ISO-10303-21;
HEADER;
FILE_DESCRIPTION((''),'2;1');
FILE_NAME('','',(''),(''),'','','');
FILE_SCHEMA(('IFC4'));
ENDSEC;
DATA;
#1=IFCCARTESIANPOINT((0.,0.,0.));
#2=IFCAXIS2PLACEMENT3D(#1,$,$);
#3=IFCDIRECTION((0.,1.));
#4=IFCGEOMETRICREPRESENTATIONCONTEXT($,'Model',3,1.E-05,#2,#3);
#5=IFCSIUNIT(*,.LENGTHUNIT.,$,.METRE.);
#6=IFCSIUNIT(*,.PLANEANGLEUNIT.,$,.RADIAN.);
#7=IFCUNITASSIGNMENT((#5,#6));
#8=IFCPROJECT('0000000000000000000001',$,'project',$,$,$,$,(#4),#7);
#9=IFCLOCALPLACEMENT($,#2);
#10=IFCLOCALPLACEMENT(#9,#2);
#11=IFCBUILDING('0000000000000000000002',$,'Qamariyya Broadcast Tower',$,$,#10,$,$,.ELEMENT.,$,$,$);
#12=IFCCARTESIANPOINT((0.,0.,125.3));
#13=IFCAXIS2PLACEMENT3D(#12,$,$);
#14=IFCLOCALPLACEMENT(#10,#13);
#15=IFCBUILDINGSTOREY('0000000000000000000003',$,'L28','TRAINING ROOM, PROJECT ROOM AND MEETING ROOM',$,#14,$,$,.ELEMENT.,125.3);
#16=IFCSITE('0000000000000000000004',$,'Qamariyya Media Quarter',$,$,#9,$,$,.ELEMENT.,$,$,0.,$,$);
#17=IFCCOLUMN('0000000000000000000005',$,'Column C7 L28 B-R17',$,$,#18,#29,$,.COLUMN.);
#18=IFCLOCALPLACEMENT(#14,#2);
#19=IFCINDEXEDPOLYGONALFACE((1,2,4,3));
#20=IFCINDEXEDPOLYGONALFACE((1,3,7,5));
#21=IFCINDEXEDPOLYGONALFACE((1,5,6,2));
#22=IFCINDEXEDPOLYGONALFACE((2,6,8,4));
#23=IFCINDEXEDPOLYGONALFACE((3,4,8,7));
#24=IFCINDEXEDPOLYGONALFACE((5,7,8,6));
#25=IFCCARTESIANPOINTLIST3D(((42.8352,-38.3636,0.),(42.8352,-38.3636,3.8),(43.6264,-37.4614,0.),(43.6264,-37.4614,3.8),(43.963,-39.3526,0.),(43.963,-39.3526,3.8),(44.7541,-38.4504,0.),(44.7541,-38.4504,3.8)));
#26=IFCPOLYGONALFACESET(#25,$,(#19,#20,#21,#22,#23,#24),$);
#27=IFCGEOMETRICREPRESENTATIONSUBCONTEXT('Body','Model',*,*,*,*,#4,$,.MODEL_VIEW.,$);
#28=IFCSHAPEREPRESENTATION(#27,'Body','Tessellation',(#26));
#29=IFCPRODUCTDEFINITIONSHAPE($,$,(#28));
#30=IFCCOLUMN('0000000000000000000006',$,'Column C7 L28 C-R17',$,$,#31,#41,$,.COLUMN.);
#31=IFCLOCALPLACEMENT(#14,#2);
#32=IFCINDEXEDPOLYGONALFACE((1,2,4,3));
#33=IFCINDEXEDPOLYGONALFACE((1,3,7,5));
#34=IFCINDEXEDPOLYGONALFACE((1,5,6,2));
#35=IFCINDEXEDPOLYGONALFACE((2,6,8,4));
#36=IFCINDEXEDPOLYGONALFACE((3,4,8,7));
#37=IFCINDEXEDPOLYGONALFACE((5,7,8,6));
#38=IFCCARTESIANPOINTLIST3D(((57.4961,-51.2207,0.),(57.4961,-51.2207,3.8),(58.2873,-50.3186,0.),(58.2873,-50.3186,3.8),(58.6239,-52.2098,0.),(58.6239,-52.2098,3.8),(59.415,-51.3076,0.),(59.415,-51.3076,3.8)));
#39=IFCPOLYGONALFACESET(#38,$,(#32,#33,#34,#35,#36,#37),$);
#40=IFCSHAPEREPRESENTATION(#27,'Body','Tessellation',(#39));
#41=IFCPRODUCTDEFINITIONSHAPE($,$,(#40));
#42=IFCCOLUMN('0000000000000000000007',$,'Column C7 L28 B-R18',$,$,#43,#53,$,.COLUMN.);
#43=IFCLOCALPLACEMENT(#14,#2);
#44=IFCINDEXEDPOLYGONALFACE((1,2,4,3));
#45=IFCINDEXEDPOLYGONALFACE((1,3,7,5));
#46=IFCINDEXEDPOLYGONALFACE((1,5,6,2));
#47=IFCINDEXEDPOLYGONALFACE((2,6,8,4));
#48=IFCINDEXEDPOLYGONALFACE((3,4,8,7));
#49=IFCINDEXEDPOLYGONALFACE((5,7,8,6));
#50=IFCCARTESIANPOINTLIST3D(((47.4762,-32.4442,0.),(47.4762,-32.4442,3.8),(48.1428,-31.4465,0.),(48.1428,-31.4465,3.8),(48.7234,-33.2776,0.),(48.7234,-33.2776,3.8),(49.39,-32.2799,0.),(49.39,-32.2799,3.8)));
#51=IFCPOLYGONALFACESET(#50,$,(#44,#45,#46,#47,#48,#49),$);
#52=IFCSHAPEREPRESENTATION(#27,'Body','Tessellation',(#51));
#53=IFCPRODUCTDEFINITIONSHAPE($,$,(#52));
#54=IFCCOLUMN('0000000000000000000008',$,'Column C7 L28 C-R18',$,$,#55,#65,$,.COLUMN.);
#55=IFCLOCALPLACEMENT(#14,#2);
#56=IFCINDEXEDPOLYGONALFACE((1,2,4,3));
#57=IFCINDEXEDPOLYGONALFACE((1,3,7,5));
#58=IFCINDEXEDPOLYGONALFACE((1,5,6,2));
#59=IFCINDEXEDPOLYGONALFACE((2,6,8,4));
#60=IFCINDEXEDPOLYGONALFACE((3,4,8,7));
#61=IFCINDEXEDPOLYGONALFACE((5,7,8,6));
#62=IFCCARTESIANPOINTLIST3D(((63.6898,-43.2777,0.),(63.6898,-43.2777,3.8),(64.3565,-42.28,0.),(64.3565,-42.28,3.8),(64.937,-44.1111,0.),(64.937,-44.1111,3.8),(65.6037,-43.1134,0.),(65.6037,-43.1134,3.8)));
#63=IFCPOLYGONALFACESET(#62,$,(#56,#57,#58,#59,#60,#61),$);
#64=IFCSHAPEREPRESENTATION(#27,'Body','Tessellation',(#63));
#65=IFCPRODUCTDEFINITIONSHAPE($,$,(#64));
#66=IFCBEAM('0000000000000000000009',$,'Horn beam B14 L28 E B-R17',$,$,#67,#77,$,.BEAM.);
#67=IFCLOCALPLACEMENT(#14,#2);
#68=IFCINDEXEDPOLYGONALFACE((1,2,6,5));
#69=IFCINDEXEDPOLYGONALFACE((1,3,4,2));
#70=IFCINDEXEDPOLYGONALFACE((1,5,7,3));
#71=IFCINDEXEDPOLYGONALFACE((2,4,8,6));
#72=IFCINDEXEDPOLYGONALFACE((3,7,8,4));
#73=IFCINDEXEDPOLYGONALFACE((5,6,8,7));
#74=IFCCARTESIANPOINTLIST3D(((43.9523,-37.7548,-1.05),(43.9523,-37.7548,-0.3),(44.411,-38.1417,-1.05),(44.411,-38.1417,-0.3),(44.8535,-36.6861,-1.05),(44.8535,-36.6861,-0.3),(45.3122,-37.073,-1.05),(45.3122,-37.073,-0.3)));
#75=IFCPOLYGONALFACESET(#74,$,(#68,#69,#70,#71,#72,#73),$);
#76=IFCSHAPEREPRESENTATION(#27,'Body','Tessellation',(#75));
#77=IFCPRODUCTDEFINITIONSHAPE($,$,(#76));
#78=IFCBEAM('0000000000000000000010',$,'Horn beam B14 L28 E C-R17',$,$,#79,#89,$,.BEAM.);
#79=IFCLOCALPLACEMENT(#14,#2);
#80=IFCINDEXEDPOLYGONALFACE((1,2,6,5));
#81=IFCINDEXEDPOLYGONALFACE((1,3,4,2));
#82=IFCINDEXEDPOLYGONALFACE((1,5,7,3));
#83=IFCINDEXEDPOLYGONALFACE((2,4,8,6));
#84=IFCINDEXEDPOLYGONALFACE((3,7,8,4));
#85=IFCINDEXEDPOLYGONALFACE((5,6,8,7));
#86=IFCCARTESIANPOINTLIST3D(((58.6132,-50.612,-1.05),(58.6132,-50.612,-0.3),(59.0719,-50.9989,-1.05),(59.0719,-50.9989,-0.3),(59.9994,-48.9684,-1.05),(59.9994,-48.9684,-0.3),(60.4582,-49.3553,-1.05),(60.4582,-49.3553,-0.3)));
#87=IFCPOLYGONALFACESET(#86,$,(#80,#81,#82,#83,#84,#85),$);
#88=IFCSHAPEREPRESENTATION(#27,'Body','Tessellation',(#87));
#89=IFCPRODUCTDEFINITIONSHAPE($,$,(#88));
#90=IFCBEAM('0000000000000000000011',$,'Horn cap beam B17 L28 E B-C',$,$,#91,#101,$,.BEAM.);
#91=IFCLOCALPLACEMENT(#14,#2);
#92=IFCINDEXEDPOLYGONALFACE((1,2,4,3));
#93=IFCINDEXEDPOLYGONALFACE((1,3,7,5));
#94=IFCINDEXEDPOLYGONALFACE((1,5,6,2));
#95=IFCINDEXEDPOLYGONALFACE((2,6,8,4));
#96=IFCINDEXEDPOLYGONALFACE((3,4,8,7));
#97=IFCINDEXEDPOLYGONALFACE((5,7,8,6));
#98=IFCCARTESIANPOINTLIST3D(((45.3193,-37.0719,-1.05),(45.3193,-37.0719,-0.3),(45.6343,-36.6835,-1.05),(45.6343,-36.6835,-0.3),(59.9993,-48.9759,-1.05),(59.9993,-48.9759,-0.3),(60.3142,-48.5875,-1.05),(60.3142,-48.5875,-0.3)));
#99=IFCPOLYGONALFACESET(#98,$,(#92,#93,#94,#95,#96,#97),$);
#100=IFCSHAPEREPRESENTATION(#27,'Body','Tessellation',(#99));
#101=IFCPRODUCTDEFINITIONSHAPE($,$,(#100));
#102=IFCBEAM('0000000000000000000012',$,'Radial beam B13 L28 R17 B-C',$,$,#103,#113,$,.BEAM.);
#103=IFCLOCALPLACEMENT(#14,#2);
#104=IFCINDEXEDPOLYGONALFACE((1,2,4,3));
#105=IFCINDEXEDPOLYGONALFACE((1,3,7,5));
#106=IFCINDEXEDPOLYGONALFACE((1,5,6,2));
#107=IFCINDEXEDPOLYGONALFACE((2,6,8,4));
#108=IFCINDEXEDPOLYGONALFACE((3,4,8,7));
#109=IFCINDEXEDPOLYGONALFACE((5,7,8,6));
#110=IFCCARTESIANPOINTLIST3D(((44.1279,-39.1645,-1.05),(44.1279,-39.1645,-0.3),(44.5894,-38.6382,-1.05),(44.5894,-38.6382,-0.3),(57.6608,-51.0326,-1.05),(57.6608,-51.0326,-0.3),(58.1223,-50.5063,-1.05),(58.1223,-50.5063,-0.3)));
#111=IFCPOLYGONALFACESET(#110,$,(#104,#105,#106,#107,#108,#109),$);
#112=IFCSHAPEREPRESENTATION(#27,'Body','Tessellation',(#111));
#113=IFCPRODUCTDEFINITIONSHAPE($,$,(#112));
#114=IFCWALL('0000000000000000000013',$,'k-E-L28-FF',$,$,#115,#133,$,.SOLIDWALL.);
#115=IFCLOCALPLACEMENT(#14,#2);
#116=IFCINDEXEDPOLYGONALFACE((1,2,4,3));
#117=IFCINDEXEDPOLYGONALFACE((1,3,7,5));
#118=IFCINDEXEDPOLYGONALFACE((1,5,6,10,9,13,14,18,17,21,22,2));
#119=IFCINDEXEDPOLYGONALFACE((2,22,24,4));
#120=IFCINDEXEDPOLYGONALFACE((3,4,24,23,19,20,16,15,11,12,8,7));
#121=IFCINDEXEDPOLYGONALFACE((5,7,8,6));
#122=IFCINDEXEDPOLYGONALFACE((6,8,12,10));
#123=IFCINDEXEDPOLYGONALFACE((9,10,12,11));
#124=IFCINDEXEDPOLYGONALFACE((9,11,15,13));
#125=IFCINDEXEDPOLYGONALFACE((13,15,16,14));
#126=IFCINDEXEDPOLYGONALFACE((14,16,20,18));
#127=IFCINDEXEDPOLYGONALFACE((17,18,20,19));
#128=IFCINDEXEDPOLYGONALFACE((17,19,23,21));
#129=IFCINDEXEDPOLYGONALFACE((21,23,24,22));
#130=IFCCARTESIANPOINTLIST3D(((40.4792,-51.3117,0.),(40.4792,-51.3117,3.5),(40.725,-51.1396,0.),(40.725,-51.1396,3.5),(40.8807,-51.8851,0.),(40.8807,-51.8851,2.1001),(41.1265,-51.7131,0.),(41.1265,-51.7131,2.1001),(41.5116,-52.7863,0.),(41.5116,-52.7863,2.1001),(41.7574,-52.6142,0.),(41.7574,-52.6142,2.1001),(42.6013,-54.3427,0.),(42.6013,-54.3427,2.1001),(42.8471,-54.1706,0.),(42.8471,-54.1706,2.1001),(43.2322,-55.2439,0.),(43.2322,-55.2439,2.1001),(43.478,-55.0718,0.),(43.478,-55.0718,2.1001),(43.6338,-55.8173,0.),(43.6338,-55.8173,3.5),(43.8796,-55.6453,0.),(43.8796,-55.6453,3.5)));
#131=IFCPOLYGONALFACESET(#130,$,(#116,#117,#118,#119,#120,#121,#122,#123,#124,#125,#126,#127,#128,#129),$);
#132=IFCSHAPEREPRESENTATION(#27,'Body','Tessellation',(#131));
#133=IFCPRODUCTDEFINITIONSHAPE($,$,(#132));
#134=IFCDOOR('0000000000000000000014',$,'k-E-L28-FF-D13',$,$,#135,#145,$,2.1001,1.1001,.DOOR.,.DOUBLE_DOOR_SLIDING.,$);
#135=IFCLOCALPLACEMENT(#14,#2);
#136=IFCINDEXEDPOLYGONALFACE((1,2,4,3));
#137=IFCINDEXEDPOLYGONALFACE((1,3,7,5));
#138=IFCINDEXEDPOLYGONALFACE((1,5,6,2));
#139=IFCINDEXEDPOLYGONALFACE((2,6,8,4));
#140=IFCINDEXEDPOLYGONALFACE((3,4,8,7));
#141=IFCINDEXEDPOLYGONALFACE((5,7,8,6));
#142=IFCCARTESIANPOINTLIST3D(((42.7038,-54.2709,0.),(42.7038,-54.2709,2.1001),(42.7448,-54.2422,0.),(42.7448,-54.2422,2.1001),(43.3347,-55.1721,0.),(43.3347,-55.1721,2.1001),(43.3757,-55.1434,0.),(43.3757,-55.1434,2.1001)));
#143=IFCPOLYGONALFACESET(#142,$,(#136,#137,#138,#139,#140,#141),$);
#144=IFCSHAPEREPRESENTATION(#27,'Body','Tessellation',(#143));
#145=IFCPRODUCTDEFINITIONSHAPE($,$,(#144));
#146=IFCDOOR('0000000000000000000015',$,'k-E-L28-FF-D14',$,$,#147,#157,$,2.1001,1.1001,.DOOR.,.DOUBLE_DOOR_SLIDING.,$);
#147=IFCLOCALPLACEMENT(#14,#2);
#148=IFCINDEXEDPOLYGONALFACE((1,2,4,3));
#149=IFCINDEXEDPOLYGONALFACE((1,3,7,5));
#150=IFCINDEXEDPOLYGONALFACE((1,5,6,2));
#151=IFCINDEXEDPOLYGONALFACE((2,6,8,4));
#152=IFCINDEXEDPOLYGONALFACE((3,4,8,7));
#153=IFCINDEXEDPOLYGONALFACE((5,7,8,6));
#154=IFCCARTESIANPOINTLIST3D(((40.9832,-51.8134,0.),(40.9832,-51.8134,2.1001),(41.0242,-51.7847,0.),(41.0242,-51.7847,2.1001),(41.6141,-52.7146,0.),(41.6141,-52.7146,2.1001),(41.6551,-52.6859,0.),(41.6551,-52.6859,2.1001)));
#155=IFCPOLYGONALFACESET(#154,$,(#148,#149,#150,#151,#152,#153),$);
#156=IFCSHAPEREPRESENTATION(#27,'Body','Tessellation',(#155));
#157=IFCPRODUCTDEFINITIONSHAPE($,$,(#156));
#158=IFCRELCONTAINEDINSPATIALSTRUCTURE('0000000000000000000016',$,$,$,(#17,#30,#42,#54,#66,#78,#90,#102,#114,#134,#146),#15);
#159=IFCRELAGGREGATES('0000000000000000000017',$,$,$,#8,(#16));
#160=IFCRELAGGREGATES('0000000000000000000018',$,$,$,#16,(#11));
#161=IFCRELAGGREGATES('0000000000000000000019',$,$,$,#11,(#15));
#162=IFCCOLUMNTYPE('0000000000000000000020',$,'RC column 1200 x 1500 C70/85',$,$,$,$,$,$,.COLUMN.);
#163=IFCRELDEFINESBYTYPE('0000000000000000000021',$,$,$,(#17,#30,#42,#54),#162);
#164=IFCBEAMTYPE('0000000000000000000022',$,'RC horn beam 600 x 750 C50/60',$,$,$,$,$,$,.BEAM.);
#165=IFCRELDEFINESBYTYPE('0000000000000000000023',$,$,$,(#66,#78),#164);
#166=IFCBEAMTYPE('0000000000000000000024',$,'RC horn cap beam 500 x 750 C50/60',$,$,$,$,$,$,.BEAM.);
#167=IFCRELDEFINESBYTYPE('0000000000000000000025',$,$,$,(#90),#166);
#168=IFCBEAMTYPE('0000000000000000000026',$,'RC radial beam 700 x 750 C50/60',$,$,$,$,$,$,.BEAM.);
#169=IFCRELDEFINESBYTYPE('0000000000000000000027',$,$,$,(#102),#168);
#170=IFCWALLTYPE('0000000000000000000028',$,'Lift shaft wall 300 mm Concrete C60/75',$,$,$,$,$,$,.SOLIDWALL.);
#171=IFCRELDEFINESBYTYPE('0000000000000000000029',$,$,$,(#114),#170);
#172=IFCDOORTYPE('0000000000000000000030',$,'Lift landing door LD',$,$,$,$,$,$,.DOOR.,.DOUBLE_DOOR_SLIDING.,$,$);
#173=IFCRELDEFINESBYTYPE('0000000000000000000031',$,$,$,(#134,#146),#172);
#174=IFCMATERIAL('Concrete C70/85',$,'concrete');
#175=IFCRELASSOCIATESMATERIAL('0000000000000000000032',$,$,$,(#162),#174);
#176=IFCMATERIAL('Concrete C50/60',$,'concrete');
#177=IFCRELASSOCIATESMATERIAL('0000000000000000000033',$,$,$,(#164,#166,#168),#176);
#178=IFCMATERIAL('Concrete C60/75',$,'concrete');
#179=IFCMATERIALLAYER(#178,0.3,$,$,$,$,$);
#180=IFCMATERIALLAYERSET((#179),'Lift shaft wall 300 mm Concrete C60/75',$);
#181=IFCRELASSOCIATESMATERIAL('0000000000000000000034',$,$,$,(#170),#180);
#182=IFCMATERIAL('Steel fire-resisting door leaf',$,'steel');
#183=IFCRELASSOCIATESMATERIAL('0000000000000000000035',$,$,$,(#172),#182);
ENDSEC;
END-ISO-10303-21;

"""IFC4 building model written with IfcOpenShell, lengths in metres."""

from ifc_helpers import new_model, si_unit, direction, frame, frame_2d, origin, origin_2d, place, context, subcontext, project, spatial, rectangle, extrude, material, layer, layer_set, material_profile, profile_set, type_object, element, fill, save


model = new_model("IFC4")

# Units and contexts
model_context = context("Model", 3, precision=1e-05, world=origin(), true_north=direction((0.0, 1.0)))
body_context = subcontext(model_context, "Body", "Model", "MODEL_VIEW")
ifc_project = project(units=[si_unit("LENGTHUNIT", "METRE"), si_unit("PLANEANGLEUNIT", "RADIAN")], contexts=[model_context])

# Site, building, storey
site_placement = place(None, origin())
site = spatial("IfcSite", under=ifc_project, at=site_placement, Name="Qamariyya Media Quarter", CompositionType="ELEMENT", RefElevation=0.0)
building_placement = place(site_placement, origin())
building = spatial("IfcBuilding", under=site, at=building_placement, Name="Qamariyya Broadcast Tower", CompositionType="ELEMENT")
storey_placement = place(building_placement, frame((0.0, 0.0, 125.3)))
storey = spatial("IfcBuildingStorey", under=building, at=storey_placement, Name="L28", Description="TRAINING ROOM, PROJECT ROOM AND MEETING ROOM", CompositionType="ELEMENT", Elevation=125.3)

# Columns
ifc_material_1 = material(Name="Concrete C70/85", Category="concrete")
ifc_material_profile_1 = material_profile(ifc_material_1, rectangle(XDim=1.2, YDim=1.5, at=origin_2d()))
ifc_profile_set_1 = profile_set([ifc_material_profile_1], Name="Concrete C70/85")
column_type = type_object("IfcColumnType", Name="RC column 1200 x 1500 C70/85", PredefinedType="COLUMN", material=ifc_profile_set_1)
for number, where, z_axis, x_axis, name in (
    (1, (43.7947, -38.407, 0.0), (0.0, 0.0, 1.0), (0.659346, 0.75184, 0.0), "Column C7 L28 B-R17"),
    (2, (58.4556, -51.2642, 0.0), (0.0, 0.0, 1.0), (0.659346, 0.75184, 0.0), "Column C7 L28 C-R17"),
    (3, (48.4331, -32.3621, 0.0), (0.0, 0.0, 1.0), (0.55557, 0.83147, 0.0), "Column C7 L28 B-R18"),
    (4, (64.6467, -43.1956, 0.0), (0.0, 0.0, 1.0), (0.55557, 0.83147, 0.0), "Column C7 L28 C-R18"),
):
    element("IfcColumn", number, at=place(storey_placement, frame(where, z_axis=z_axis, x_axis=x_axis)), inside=storey, type_object=column_type, Name=name, PredefinedType="COLUMN", context=body_context, shape_type="SweptSolid", body=[
        extrude(rectangle(XDim=1.2, YDim=1.5, at=origin_2d()), origin(), (0.0, 0.0, 1.0), 3.8),
    ])

# Beams
ifc_material_2 = material(Name="Concrete C50/60", Category="concrete")
ifc_material_profile_2 = material_profile(ifc_material_2, rectangle(XDim=0.6001, YDim=0.75, at=origin_2d()))
ifc_profile_set_2 = profile_set([ifc_material_profile_2], Name="Concrete C50/60")
beam_type_1 = type_object("IfcBeamType", Name="RC horn beam 600 x 750 C50/60", PredefinedType="BEAM", material=ifc_profile_set_2)
beam_1_placement = place(storey_placement, frame((44.1816, -37.9482, -0.675), z_axis=(0.644657, 0.764472, 0.0), x_axis=(-0.764472, 0.644657, 0.0)))
element("IfcBeam", 5, at=beam_1_placement, inside=storey, type_object=beam_type_1, Name="Horn beam B14 L28 E B-R17", PredefinedType="BEAM", context=body_context, shape_type="SweptSolid", body=[
    extrude(rectangle(XDim=0.6001, YDim=0.75, at=origin_2d()), origin(), (0.0, 0.0, 1.0), 1.3979),
])
beam_2_placement = place(storey_placement, frame((58.8425, -50.8054, -0.675), z_axis=(0.64473, 0.76441, 0.0), x_axis=(-0.76441, 0.64473, 0.0)))
element("IfcBeam", 6, at=beam_2_placement, inside=storey, type_object=beam_type_1, Name="Horn beam B14 L28 E C-R17", PredefinedType="BEAM", context=body_context, shape_type="SweptSolid", body=[
    extrude(rectangle(XDim=0.6001, YDim=0.75, at=origin_2d()), origin(), (0.0, 0.0, 1.0), 2.1501),
])
ifc_material_profile_3 = material_profile(ifc_material_2, rectangle(XDim=0.5, YDim=0.75, at=origin_2d()))
ifc_profile_set_3 = profile_set([ifc_material_profile_3], Name="Concrete C50/60")
beam_type_2 = type_object("IfcBeamType", Name="RC horn cap beam 500 x 750 C50/60", PredefinedType="BEAM", material=ifc_profile_set_3)
beam_3_placement = place(storey_placement, frame((45.4768, -36.8777, -0.675), z_axis=(0.776719, -0.629847, 0.0), x_axis=(0.629847, 0.776719, 0.0)))
element("IfcBeam", 7, at=beam_3_placement, inside=storey, type_object=beam_type_2, Name="Horn cap beam B17 L28 E B-C", PredefinedType="BEAM", context=body_context, shape_type="SweptSolid", body=[
    extrude(rectangle(XDim=0.5, YDim=0.75, at=origin_2d()), origin(), (0.0, 0.0, 1.0), 18.8999),
])
ifc_material_profile_4 = material_profile(ifc_material_2, rectangle(XDim=0.7, YDim=0.75, at=origin_2d()))
ifc_profile_set_4 = profile_set([ifc_material_profile_4], Name="Concrete C50/60")
beam_type_3 = type_object("IfcBeamType", Name="RC radial beam 700 x 750 C50/60", PredefinedType="BEAM", material=ifc_profile_set_4)
beam_4_placement = place(storey_placement, frame((44.3586, -38.9014, -0.675), z_axis=(0.751838, -0.659348, 0.0), x_axis=(0.659348, 0.751838, 0.0)))
element("IfcBeam", 8, at=beam_4_placement, inside=storey, type_object=beam_type_3, Name="Radial beam B13 L28 R17 B-C", PredefinedType="BEAM", context=body_context, shape_type="SweptSolid", body=[
    extrude(rectangle(XDim=0.7, YDim=0.75, at=origin_2d()), origin(), (0.0, 0.0, 1.0), 17.9998),
])

# Wall, openings, doors
ifc_material_3 = material(Name="Concrete C60/75", Category="concrete")
ifc_layer_1 = layer(ifc_material_3, 0.3)
ifc_layer_set_1 = layer_set([ifc_layer_1], Name="Lift shaft wall 300 mm Concrete C60/75")
wall_type_1 = type_object("IfcWallType", Name="Lift shaft wall 300 mm Concrete C60/75", PredefinedType="SOLIDWALL", material=ifc_layer_set_1)
wall_1_placement = place(storey_placement, frame((43.7566, -55.7312, 0.0), z_axis=(0.0, 0.0, 1.0), x_axis=(-0.573537, 0.81918, 0.0)))
wall_1 = element("IfcWall", 9, at=wall_1_placement, inside=storey, type_object=wall_type_1, Name="k-E-L28-FF", PredefinedType="SOLIDWALL", context=body_context, shape_type="SweptSolid", body=[
    extrude(rectangle(XDim=5.5002, YDim=0.3, at=frame_2d((2.75, 0.0))), origin(), (0.0, 0.0, 1.0), 3.5),
])
opening_1_placement = place(wall_1_placement, frame((0.7, 0.0, 0.0)))
opening_1 = element("IfcOpeningElement", 10, at=opening_1_placement, cuts=wall_1, PredefinedType="OPENING", context=body_context, shape_type="SweptSolid", body=[
    extrude(rectangle(XDim=1.1001, YDim=2.1001, at=frame_2d((0.55, 1.05))), frame((0.0, 0.1599, 0.0), z_axis=(0.0, -1.0, 0.0), x_axis=(1.0, 0.0, 0.0)), (0.0, 0.0, 1.0), 0.3201),
])
opening_2_placement = place(wall_1_placement, frame((3.7, 0.0, 0.0)))
opening_2 = element("IfcOpeningElement", 11, at=opening_2_placement, cuts=wall_1, PredefinedType="OPENING", context=body_context, shape_type="SweptSolid", body=[
    extrude(rectangle(XDim=1.1001, YDim=2.1001, at=frame_2d((0.55, 1.05))), frame((0.0, 0.1599, 0.0), z_axis=(0.0, -1.0, 0.0), x_axis=(1.0, 0.0, 0.0)), (0.0, 0.0, 1.0), 0.3201),
])
ifc_material_4 = material(Name="Steel fire-resisting door leaf", Category="steel")
door_type = type_object("IfcDoorType", Name="Lift landing door LD", OperationType="DOUBLE_DOOR_SLIDING", PredefinedType="DOOR", material=ifc_material_4)
door_1_placement = place(opening_1_placement, origin())
door_1 = element("IfcDoor", 12, at=door_1_placement, inside=storey, type_object=door_type, Name="k-E-L28-FF-D13", OperationType="DOUBLE_DOOR_SLIDING", OverallHeight=2.1001, OverallWidth=1.1001, PredefinedType="DOOR", context=body_context, shape_type="SweptSolid", body=[
    extrude(rectangle(XDim=1.1001, YDim=2.1001, at=frame_2d((0.55, 1.05))), frame((0.0, 0.0249, 0.0), z_axis=(0.0, -1.0, 0.0), x_axis=(1.0, 0.0, 0.0)), (0.0, 0.0, 1.0), 0.05),
])
fill(opening_1, door_1)
door_2_placement = place(opening_2_placement, origin())
door_2 = element("IfcDoor", 13, at=door_2_placement, inside=storey, type_object=door_type, Name="k-E-L28-FF-D14", OperationType="DOUBLE_DOOR_SLIDING", OverallHeight=2.1001, OverallWidth=1.1001, PredefinedType="DOOR", context=body_context, shape_type="SweptSolid", body=[
    extrude(rectangle(XDim=1.1001, YDim=2.1001, at=frame_2d((0.55, 1.05))), frame((0.0, 0.0249, 0.0), z_axis=(0.0, -1.0, 0.0), x_axis=(1.0, 0.0, 0.0)), (0.0, 0.0, 1.0), 0.05),
])
fill(opening_2, door_2)

save(model, "model.ifc")
